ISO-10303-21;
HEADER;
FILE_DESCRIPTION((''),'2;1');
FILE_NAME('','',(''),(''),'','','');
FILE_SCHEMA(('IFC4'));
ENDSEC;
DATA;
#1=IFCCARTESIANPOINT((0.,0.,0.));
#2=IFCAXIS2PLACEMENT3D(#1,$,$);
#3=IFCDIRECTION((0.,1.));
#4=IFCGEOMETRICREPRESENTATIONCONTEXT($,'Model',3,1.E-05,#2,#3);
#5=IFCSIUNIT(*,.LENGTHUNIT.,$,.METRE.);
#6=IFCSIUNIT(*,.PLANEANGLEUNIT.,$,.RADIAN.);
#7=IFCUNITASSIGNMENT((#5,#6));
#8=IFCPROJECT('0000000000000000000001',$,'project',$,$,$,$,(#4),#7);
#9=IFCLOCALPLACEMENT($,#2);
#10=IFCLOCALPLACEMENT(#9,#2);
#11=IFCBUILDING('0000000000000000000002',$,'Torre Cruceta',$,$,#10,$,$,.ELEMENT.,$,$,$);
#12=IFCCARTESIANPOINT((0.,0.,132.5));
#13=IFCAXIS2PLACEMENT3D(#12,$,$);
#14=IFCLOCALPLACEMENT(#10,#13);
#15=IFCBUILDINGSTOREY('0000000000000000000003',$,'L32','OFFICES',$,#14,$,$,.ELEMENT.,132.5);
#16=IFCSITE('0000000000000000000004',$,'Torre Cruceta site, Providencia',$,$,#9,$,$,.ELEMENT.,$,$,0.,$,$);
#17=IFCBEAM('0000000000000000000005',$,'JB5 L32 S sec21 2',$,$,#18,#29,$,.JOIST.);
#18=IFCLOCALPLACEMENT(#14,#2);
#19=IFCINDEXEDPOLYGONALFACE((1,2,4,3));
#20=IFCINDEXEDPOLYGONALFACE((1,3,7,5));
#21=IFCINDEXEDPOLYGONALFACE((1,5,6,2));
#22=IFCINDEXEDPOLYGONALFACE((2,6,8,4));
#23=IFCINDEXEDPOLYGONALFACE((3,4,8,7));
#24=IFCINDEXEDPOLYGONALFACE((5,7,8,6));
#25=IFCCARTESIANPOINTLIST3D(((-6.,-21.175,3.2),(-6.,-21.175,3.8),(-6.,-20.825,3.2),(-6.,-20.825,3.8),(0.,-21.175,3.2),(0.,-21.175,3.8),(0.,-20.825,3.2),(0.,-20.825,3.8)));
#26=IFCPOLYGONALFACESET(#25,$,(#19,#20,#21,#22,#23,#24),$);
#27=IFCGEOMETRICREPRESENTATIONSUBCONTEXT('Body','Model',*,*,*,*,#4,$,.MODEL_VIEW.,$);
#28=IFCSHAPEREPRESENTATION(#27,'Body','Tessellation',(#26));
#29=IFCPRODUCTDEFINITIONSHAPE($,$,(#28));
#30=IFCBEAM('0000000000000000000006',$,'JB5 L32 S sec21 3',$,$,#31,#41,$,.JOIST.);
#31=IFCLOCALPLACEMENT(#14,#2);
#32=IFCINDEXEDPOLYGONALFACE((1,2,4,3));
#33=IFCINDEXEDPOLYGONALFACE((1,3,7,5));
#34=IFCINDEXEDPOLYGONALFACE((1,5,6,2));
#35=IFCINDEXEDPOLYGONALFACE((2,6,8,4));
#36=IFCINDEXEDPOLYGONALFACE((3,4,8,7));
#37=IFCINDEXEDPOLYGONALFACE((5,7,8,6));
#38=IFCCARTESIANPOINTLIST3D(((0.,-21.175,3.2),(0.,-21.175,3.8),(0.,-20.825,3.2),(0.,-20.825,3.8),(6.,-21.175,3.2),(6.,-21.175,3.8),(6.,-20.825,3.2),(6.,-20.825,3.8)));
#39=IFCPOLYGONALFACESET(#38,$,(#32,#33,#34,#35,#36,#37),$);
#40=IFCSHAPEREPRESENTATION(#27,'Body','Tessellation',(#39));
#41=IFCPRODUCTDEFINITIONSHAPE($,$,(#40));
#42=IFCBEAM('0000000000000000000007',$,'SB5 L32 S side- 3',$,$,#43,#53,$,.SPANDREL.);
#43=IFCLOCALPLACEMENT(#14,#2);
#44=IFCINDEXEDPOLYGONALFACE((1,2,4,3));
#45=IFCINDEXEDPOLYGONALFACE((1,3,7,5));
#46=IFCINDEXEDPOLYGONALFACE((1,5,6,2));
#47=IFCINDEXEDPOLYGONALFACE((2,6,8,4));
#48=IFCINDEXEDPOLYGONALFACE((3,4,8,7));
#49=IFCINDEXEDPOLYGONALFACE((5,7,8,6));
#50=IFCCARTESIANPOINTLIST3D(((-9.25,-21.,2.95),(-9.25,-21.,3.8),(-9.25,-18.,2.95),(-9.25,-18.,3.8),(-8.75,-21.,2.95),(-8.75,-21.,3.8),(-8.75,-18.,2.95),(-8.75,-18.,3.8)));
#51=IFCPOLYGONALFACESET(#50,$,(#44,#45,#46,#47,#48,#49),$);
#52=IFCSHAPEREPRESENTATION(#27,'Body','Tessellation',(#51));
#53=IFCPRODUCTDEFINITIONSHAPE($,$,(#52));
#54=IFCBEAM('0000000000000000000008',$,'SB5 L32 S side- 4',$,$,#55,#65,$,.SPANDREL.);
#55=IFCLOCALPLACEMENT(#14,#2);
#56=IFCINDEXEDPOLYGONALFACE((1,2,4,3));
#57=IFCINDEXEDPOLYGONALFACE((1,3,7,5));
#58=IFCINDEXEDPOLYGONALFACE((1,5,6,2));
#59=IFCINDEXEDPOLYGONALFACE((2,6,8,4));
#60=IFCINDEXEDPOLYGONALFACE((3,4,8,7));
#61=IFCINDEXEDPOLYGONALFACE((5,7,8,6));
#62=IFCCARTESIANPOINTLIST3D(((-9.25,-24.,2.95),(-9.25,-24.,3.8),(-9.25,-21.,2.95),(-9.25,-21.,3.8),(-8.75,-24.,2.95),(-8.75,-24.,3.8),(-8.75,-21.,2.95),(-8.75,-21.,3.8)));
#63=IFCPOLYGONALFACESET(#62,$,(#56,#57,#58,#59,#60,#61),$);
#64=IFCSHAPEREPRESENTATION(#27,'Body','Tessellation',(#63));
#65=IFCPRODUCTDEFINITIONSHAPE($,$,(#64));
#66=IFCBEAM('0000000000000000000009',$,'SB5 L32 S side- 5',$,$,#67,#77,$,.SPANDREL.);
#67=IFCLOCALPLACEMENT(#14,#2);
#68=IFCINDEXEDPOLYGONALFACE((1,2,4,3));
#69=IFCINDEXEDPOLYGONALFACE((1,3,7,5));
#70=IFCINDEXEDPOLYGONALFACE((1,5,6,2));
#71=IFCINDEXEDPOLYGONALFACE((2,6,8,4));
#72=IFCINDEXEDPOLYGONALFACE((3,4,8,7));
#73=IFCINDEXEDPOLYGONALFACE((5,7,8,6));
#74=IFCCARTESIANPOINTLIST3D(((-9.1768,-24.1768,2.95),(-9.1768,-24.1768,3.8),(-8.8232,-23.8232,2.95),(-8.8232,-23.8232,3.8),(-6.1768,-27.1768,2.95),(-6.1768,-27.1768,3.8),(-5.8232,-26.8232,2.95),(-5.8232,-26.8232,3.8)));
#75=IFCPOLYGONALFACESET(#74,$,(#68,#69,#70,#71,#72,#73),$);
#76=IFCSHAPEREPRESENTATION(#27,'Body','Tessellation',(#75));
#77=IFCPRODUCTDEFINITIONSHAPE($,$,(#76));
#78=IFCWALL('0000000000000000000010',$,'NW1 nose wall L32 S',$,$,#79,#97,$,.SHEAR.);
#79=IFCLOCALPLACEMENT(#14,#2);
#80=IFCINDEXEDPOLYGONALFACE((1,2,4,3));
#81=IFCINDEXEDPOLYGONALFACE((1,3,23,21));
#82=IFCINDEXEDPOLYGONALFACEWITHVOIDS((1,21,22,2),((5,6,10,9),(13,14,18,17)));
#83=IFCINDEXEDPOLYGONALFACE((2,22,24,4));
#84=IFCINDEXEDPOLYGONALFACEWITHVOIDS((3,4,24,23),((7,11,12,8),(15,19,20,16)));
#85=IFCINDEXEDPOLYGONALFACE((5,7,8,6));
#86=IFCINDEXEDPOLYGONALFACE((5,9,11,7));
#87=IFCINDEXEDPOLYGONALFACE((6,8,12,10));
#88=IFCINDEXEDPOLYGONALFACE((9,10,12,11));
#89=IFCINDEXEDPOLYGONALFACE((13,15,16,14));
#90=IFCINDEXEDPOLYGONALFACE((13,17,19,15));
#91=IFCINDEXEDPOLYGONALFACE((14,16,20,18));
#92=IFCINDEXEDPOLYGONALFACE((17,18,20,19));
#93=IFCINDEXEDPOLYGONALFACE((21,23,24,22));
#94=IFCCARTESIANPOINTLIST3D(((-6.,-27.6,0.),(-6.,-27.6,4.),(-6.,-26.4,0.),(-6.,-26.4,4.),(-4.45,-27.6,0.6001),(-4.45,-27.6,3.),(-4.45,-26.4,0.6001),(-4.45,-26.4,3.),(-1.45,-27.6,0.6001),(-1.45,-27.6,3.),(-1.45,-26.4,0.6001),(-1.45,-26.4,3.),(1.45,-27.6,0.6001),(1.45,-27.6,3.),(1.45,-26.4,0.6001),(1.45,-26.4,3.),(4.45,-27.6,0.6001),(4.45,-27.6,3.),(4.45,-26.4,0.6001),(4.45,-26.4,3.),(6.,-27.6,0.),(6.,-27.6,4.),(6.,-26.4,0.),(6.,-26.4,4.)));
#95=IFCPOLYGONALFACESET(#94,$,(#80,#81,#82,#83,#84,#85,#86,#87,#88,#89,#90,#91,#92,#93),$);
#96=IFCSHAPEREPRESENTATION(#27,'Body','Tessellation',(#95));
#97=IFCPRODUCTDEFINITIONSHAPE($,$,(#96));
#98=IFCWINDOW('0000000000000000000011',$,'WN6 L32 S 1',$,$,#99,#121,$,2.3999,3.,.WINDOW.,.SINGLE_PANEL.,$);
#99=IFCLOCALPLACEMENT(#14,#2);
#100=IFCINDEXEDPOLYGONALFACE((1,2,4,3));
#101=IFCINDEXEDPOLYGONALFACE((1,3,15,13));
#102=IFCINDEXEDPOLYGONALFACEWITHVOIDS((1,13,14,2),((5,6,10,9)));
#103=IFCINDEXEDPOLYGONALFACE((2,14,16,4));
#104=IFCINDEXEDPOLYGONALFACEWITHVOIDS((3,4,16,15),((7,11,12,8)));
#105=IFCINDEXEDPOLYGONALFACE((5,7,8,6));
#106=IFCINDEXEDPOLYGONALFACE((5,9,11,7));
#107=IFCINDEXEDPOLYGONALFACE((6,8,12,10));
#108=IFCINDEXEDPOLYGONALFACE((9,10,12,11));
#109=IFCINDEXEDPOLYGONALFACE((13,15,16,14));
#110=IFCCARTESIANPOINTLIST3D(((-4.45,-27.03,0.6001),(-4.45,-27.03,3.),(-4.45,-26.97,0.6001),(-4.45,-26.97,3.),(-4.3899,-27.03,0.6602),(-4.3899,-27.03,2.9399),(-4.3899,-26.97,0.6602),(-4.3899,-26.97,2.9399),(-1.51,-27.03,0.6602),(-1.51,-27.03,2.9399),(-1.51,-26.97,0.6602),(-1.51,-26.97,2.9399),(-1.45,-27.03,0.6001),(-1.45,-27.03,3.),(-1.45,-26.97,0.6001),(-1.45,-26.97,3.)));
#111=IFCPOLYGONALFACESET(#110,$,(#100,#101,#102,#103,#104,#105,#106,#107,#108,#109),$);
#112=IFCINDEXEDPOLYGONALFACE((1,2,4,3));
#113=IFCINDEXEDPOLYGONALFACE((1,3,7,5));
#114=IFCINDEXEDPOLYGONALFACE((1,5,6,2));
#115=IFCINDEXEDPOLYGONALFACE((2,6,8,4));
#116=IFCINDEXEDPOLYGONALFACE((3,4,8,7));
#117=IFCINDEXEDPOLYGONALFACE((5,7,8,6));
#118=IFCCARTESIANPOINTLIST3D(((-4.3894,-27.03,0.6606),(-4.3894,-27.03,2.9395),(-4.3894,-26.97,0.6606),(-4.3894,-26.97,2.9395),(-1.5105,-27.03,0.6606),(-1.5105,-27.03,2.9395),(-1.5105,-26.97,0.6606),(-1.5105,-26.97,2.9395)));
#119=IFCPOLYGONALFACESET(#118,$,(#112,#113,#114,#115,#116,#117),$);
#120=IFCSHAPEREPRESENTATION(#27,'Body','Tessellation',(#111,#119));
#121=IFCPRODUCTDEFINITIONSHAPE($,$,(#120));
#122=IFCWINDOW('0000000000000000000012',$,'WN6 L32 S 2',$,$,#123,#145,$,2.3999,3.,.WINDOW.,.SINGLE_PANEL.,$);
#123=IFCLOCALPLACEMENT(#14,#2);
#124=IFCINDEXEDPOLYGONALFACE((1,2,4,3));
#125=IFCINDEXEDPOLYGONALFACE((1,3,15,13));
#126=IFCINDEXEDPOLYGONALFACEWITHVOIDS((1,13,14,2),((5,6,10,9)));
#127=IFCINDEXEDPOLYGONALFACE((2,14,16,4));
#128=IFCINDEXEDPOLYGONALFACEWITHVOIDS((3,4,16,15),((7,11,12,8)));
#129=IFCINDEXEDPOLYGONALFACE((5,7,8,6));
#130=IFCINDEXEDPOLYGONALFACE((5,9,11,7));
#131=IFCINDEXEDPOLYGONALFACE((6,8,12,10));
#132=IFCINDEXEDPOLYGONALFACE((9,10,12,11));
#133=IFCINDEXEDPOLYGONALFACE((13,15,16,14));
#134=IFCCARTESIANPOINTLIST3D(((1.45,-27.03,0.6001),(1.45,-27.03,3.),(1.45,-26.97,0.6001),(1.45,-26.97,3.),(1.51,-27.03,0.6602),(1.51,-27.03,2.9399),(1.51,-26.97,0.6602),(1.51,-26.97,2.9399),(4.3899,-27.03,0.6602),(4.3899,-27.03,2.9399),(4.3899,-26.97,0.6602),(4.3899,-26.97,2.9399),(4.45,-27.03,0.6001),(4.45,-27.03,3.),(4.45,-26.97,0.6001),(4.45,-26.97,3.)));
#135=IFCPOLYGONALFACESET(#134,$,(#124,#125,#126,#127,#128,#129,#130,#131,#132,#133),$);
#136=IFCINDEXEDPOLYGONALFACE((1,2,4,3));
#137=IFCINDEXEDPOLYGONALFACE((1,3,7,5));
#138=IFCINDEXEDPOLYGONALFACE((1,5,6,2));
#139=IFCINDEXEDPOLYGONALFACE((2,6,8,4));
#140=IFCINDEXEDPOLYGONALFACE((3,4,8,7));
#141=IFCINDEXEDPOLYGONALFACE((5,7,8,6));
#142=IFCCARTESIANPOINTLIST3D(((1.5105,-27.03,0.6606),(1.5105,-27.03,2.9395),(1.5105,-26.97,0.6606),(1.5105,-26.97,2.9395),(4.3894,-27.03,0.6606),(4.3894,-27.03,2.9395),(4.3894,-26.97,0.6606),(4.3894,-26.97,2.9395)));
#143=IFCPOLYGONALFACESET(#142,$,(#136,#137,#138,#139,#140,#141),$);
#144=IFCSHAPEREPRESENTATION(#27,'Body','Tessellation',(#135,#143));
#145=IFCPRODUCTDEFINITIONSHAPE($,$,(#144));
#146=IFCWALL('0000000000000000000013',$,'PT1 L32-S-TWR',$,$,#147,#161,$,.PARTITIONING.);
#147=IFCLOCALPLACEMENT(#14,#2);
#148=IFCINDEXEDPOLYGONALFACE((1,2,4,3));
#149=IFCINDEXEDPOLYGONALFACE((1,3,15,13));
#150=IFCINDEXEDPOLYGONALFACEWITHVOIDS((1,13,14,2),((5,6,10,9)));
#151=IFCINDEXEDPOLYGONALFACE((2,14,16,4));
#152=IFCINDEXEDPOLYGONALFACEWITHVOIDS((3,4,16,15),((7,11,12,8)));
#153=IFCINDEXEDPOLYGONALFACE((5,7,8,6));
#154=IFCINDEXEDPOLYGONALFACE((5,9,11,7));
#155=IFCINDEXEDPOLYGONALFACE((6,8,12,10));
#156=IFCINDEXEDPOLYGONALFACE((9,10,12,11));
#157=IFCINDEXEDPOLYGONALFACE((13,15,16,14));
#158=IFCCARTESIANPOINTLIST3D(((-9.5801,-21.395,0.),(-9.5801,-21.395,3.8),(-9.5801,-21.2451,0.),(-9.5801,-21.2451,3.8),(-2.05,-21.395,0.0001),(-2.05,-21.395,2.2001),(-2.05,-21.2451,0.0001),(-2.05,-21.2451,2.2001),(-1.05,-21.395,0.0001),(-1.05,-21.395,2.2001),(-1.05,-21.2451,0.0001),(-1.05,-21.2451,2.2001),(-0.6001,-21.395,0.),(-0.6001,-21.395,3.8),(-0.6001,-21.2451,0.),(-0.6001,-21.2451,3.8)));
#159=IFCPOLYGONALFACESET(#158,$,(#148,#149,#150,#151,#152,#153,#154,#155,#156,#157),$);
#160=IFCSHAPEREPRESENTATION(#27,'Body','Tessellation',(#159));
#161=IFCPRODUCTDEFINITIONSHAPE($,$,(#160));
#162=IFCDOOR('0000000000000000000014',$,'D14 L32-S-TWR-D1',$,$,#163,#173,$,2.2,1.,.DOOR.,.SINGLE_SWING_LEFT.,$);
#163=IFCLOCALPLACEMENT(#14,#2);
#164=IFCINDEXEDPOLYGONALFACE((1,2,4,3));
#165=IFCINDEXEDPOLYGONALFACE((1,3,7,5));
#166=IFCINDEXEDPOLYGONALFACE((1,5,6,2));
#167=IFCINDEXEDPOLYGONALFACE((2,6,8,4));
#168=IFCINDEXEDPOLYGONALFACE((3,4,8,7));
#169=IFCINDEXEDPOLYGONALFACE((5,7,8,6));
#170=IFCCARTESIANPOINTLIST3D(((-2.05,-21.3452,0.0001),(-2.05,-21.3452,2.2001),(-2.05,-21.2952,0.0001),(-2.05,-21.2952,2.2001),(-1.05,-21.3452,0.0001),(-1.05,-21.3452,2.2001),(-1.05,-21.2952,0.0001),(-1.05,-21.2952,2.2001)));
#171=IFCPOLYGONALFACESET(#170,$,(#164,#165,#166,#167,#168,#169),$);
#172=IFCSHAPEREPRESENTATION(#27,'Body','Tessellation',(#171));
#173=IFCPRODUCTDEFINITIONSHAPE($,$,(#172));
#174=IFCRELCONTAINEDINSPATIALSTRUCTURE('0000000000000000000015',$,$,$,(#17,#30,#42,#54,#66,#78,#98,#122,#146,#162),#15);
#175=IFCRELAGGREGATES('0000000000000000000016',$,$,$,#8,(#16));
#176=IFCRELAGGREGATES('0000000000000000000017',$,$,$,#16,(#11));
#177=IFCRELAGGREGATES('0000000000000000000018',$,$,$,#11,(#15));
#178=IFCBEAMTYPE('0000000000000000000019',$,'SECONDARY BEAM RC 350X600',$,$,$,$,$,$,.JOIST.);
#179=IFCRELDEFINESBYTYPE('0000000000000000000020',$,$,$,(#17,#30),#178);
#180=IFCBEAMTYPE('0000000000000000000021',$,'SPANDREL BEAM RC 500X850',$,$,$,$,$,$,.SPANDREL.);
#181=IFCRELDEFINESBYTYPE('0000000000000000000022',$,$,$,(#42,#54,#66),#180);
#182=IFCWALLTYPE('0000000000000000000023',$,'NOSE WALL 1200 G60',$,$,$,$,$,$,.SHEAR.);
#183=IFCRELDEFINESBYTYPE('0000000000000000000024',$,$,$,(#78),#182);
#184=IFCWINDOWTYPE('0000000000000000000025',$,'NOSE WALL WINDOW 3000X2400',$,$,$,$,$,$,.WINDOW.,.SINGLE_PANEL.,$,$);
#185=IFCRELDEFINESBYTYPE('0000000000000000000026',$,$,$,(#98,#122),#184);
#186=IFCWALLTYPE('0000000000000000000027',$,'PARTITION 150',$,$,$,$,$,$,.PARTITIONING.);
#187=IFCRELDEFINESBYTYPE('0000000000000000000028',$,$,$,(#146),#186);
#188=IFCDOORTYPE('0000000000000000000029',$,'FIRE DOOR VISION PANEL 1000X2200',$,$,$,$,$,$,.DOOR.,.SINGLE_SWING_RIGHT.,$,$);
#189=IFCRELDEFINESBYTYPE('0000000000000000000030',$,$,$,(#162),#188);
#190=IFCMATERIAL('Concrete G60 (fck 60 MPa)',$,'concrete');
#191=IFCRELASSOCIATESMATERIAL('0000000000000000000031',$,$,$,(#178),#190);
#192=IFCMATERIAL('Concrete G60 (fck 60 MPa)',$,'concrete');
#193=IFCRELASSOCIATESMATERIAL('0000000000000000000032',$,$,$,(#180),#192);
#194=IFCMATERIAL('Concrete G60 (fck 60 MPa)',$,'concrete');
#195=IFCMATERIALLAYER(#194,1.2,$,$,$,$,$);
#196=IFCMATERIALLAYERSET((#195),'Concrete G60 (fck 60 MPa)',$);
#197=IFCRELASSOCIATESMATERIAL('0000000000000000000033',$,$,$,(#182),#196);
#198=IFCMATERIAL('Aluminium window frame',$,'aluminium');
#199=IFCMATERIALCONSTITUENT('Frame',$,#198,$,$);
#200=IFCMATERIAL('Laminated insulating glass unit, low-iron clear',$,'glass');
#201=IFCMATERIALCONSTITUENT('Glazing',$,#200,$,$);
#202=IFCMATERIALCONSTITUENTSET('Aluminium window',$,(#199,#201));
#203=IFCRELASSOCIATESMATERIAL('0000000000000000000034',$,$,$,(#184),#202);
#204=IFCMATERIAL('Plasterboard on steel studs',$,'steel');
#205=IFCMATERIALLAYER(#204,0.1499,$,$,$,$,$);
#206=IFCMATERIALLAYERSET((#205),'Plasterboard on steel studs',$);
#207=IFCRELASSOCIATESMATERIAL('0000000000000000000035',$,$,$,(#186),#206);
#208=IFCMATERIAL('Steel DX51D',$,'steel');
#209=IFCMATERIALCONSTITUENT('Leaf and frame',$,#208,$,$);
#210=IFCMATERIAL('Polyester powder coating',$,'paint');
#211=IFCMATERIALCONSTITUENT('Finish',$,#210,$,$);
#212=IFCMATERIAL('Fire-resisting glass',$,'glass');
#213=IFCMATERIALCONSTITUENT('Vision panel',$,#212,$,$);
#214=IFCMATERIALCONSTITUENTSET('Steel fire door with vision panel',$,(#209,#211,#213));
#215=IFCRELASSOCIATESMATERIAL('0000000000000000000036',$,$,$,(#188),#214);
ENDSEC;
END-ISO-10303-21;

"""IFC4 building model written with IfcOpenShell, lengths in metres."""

from ifc_helpers import new_model, si_unit, direction, frame, frame_2d, origin, origin_2d, place, context, subcontext, project, spatial, rectangle, hollow_rectangle, extrude, material, layer, layer_set, constituent, constituent_set, material_profile, profile_set, type_object, element, fill, save


model = new_model("IFC4")

# Units and contexts
model_context = context("Model", 3, precision=1e-05, world=origin(), true_north=direction((0.0, 1.0)))
body_context = subcontext(model_context, "Body", "Model", "MODEL_VIEW")
ifc_project = project(units=[si_unit("LENGTHUNIT", "METRE"), si_unit("PLANEANGLEUNIT", "RADIAN")], contexts=[model_context])

# Site, building, storey
site_placement = place(None, origin())
site = spatial("IfcSite", under=ifc_project, at=site_placement, Name="Torre Cruceta site, Providencia", CompositionType="ELEMENT", RefElevation=0.0)
building_placement = place(site_placement, origin())
building = spatial("IfcBuilding", under=site, at=building_placement, Name="Torre Cruceta", CompositionType="ELEMENT")
storey_placement = place(building_placement, frame((0.0, 0.0, 132.5)))
storey = spatial("IfcBuildingStorey", under=building, at=storey_placement, Name="L32", Description="OFFICES", CompositionType="ELEMENT", Elevation=132.5)

# Beams
ifc_material_1 = material(Name="Concrete G60 (fck 60 MPa)", Category="concrete")
ifc_material_profile_1 = material_profile(ifc_material_1, rectangle(XDim=0.3501, YDim=0.6001, at=origin_2d()), Name="RC 350X600")
ifc_profile_set_1 = profile_set([ifc_material_profile_1], Name="Concrete G60 (fck 60 MPa)")
beam_type_1 = type_object("IfcBeamType", Name="SECONDARY BEAM RC 350X600", PredefinedType="JOIST", material=ifc_profile_set_1)
for number, where, z_axis, x_axis, name in (
    (1, (-6.0, -21.0, 3.5), (1.0, 0.0, 0.0), (0.0, 1.0, 0.0), "JB5 L32 S sec21 2"),
    (2, (0.0, -21.0, 3.5), (1.0, 0.0, 0.0), (0.0, 1.0, 0.0), "JB5 L32 S sec21 3"),
):
    element("IfcBeam", number, at=place(storey_placement, frame(where, z_axis=z_axis, x_axis=x_axis)), inside=storey, type_object=beam_type_1, Name=name, PredefinedType="JOIST", context=body_context, shape_type="SweptSolid", body=[
        extrude(rectangle(XDim=0.3501, YDim=0.6001, at=origin_2d()), origin(), (0.0, 0.0, 1.0), 6.0),
    ])
ifc_material_2 = material(Name="Concrete G60 (fck 60 MPa)", Category="concrete")
ifc_material_profile_2 = material_profile(ifc_material_2, rectangle(XDim=0.5, YDim=0.8501, at=origin_2d()), Name="RC 500X850")
ifc_profile_set_2 = profile_set([ifc_material_profile_2], Name="Concrete G60 (fck 60 MPa)")
beam_type_2 = type_object("IfcBeamType", Name="SPANDREL BEAM RC 500X850", PredefinedType="SPANDREL", material=ifc_profile_set_2)
for number, where, z_axis, x_axis, name in (
    (3, (-9.0, -18.0, 3.375), (0.0, -1.0, 0.0), (1.0, 0.0, 0.0), "SB5 L32 S side- 3"),
    (4, (-9.0, -21.0, 3.375), (0.0, -1.0, 0.0), (1.0, 0.0, 0.0), "SB5 L32 S side- 4"),
):
    element("IfcBeam", number, at=place(storey_placement, frame(where, z_axis=z_axis, x_axis=x_axis)), inside=storey, type_object=beam_type_2, Name=name, PredefinedType="SPANDREL", context=body_context, shape_type="SweptSolid", body=[
        extrude(rectangle(XDim=0.5, YDim=0.8501, at=origin_2d()), origin(), (0.0, 0.0, 1.0), 3.0),
    ])
beam_1_placement = place(storey_placement, frame((-9.0, -24.0, 3.375), z_axis=(0.707107, -0.707107, 0.0), x_axis=(0.707107, 0.707107, 0.0)))
element("IfcBeam", 5, at=beam_1_placement, inside=storey, type_object=beam_type_2, Name="SB5 L32 S side- 5", PredefinedType="SPANDREL", context=body_context, shape_type="SweptSolid", body=[
    extrude(rectangle(XDim=0.5, YDim=0.8501, at=origin_2d()), origin(), (0.0, 0.0, 1.0), 4.2427),
])

# Wall, openings, windows
ifc_material_3 = material(Name="Concrete G60 (fck 60 MPa)", Category="concrete")
ifc_layer_1 = layer(ifc_material_3, 1.2)
ifc_layer_set_1 = layer_set([ifc_layer_1], Name="Concrete G60 (fck 60 MPa)")
wall_type_1 = type_object("IfcWallType", Name="NOSE WALL 1200 G60", PredefinedType="SHEAR", material=ifc_layer_set_1)
wall_1_placement = place(storey_placement, frame((-6.0, -27.0, 0.0), z_axis=(0.0, 0.0, 1.0), x_axis=(1.0, 0.0, 0.0)))
wall_1 = element("IfcWall", 6, at=wall_1_placement, inside=storey, type_object=wall_type_1, Name="NW1 nose wall L32 S", PredefinedType="SHEAR", context=body_context, shape_type="SweptSolid", body=[
    extrude(rectangle(XDim=12.0, YDim=1.2, at=frame_2d((6.0, 0.0))), origin(), (0.0, 0.0, 1.0), 4.0),
])
opening_1_placement = place(wall_1_placement, frame((1.55, 0.0, 0.6001)))
opening_1 = element("IfcOpeningElement", 7, at=opening_1_placement, cuts=wall_1, PredefinedType="OPENING", context=body_context, shape_type="SweptSolid", body=[
    extrude(rectangle(XDim=3.0, YDim=2.3999, at=frame_2d((1.5, 1.2))), frame((0.0, 0.6099, 0.0), z_axis=(0.0, -1.0, 0.0), x_axis=(1.0, 0.0, 0.0)), (0.0, 0.0, 1.0), 1.22),
])
opening_2_placement = place(wall_1_placement, frame((7.45, 0.0, 0.6001)))
opening_2 = element("IfcOpeningElement", 8, at=opening_2_placement, cuts=wall_1, PredefinedType="OPENING", context=body_context, shape_type="SweptSolid", body=[
    extrude(rectangle(XDim=3.0, YDim=2.3999, at=frame_2d((1.5, 1.2))), frame((0.0, 0.6099, 0.0), z_axis=(0.0, -1.0, 0.0), x_axis=(1.0, 0.0, 0.0)), (0.0, 0.0, 1.0), 1.22),
])
ifc_material_4 = material(Name="Aluminium window frame", Category="aluminium")
ifc_constituent_1 = constituent(ifc_material_4, Name="Frame")
ifc_material_5 = material(Name="Laminated insulating glass unit, low-iron clear", Category="glass")
ifc_constituent_2 = constituent(ifc_material_5, Name="Glazing")
ifc_constituent_set_1 = constituent_set(constituents=[ifc_constituent_1, ifc_constituent_2], Name="Aluminium window")
window_type = type_object("IfcWindowType", Name="NOSE WALL WINDOW 3000X2400", PartitioningType="SINGLE_PANEL", PredefinedType="WINDOW", material=ifc_constituent_set_1)
window_1_placement = place(opening_1_placement, origin())
window_1 = element("IfcWindow", 9, at=window_1_placement, inside=storey, type_object=window_type, Name="WN6 L32 S 1", OverallHeight=2.3999, OverallWidth=3.0, PartitioningType="SINGLE_PANEL", PredefinedType="WINDOW", context=body_context, shape_type="SweptSolid", body=[
    extrude(hollow_rectangle(XDim=3.0, YDim=2.3999, WallThickness=0.0601, at=frame_2d((1.5, 1.2))), frame((0.0, 0.03, 0.0), z_axis=(0.0, -1.0, 0.0), x_axis=(1.0, 0.0, 0.0)), (0.0, 0.0, 1.0), 0.0601),
    extrude(rectangle(XDim=2.8789, YDim=2.2788, at=frame_2d((1.5, 1.2))), frame((0.0, 0.03, 0.0), z_axis=(0.0, -1.0, 0.0), x_axis=(1.0, 0.0, 0.0)), (0.0, 0.0, 1.0), 0.0601),
])
fill(opening_1, window_1)
window_2_placement = place(opening_2_placement, origin())
window_2 = element("IfcWindow", 10, at=window_2_placement, inside=storey, type_object=window_type, Name="WN6 L32 S 2", OverallHeight=2.3999, OverallWidth=3.0, PartitioningType="SINGLE_PANEL", PredefinedType="WINDOW", context=body_context, shape_type="SweptSolid", body=[
    extrude(hollow_rectangle(XDim=3.0, YDim=2.3999, WallThickness=0.0601, at=frame_2d((1.5, 1.2))), frame((0.0, 0.03, 0.0), z_axis=(0.0, -1.0, 0.0), x_axis=(1.0, 0.0, 0.0)), (0.0, 0.0, 1.0), 0.0601),
    extrude(rectangle(XDim=2.8789, YDim=2.2788, at=frame_2d((1.5, 1.2))), frame((0.0, 0.03, 0.0), z_axis=(0.0, -1.0, 0.0), x_axis=(1.0, 0.0, 0.0)), (0.0, 0.0, 1.0), 0.0601),
])
fill(opening_2, window_2)

# Wall, opening, door
ifc_material_6 = material(Name="Plasterboard on steel studs", Category="steel")
ifc_layer_2 = layer(ifc_material_6, 0.1499)
ifc_layer_set_2 = layer_set([ifc_layer_2], Name="Plasterboard on steel studs")
wall_type_2 = type_object("IfcWallType", Name="PARTITION 150", PredefinedType="PARTITIONING", material=ifc_layer_set_2)
wall_2_placement = place(storey_placement, frame((-9.5801, -21.3201, 0.0), z_axis=(0.0, 0.0, 1.0), x_axis=(1.0, 0.0, 0.0)))
wall_2 = element("IfcWall", 11, at=wall_2_placement, inside=storey, type_object=wall_type_2, Name="PT1 L32-S-TWR", PredefinedType="PARTITIONING", context=body_context, shape_type="SweptSolid", body=[
    extrude(rectangle(XDim=8.98, YDim=0.1499, at=frame_2d((4.49, 0.0))), origin(), (0.0, 0.0, 1.0), 3.8),
])
opening_3_placement = place(wall_2_placement, frame((7.53, 0.0, 0.0)))
opening_3 = element("IfcOpeningElement", 12, at=opening_3_placement, cuts=wall_2, PredefinedType="OPENING", context=body_context, shape_type="SweptSolid", body=[
    extrude(rectangle(XDim=1.0, YDim=2.2, at=frame_2d((0.5, 1.1001))), frame((0.0, 0.085, 0.0), z_axis=(0.0, -1.0, 0.0), x_axis=(1.0, 0.0, 0.0)), (0.0, 0.0, 1.0), 0.1699),
])
ifc_material_7 = material(Name="Steel DX51D", Category="steel")
ifc_constituent_3 = constituent(ifc_material_7, Name="Leaf and frame")
ifc_material_8 = material(Name="Polyester powder coating", Category="paint")
ifc_constituent_4 = constituent(ifc_material_8, Name="Finish")
ifc_material_9 = material(Name="Fire-resisting glass", Category="glass")
ifc_constituent_5 = constituent(ifc_material_9, Name="Vision panel")
ifc_constituent_set_2 = constituent_set(constituents=[ifc_constituent_3, ifc_constituent_4, ifc_constituent_5], Name="Steel fire door with vision panel")
door_type = type_object("IfcDoorType", Name="FIRE DOOR VISION PANEL 1000X2200", OperationType="SINGLE_SWING_RIGHT", PredefinedType="DOOR", material=ifc_constituent_set_2)
door_placement = place(opening_3_placement, frame((1.0, 0.0, 0.0), z_axis=(0.0, 0.0, 1.0), x_axis=(-1.0, 0.0, 0.0)))
door = element("IfcDoor", 13, at=door_placement, inside=storey, type_object=door_type, Name="D14 L32-S-TWR-D1", OperationType="SINGLE_SWING_LEFT", OverallHeight=2.2, OverallWidth=1.0, PredefinedType="DOOR", context=body_context, shape_type="SweptSolid", body=[
    extrude(rectangle(XDim=1.0, YDim=2.2, at=frame_2d((0.5, 1.1001))), frame((0.0, 0.0251, 0.0), z_axis=(0.0, -1.0, 0.0), x_axis=(1.0, 0.0, 0.0)), (0.0, 0.0, 1.0), 0.05),
])
fill(opening_3, door)

save(model, "model.ifc")
